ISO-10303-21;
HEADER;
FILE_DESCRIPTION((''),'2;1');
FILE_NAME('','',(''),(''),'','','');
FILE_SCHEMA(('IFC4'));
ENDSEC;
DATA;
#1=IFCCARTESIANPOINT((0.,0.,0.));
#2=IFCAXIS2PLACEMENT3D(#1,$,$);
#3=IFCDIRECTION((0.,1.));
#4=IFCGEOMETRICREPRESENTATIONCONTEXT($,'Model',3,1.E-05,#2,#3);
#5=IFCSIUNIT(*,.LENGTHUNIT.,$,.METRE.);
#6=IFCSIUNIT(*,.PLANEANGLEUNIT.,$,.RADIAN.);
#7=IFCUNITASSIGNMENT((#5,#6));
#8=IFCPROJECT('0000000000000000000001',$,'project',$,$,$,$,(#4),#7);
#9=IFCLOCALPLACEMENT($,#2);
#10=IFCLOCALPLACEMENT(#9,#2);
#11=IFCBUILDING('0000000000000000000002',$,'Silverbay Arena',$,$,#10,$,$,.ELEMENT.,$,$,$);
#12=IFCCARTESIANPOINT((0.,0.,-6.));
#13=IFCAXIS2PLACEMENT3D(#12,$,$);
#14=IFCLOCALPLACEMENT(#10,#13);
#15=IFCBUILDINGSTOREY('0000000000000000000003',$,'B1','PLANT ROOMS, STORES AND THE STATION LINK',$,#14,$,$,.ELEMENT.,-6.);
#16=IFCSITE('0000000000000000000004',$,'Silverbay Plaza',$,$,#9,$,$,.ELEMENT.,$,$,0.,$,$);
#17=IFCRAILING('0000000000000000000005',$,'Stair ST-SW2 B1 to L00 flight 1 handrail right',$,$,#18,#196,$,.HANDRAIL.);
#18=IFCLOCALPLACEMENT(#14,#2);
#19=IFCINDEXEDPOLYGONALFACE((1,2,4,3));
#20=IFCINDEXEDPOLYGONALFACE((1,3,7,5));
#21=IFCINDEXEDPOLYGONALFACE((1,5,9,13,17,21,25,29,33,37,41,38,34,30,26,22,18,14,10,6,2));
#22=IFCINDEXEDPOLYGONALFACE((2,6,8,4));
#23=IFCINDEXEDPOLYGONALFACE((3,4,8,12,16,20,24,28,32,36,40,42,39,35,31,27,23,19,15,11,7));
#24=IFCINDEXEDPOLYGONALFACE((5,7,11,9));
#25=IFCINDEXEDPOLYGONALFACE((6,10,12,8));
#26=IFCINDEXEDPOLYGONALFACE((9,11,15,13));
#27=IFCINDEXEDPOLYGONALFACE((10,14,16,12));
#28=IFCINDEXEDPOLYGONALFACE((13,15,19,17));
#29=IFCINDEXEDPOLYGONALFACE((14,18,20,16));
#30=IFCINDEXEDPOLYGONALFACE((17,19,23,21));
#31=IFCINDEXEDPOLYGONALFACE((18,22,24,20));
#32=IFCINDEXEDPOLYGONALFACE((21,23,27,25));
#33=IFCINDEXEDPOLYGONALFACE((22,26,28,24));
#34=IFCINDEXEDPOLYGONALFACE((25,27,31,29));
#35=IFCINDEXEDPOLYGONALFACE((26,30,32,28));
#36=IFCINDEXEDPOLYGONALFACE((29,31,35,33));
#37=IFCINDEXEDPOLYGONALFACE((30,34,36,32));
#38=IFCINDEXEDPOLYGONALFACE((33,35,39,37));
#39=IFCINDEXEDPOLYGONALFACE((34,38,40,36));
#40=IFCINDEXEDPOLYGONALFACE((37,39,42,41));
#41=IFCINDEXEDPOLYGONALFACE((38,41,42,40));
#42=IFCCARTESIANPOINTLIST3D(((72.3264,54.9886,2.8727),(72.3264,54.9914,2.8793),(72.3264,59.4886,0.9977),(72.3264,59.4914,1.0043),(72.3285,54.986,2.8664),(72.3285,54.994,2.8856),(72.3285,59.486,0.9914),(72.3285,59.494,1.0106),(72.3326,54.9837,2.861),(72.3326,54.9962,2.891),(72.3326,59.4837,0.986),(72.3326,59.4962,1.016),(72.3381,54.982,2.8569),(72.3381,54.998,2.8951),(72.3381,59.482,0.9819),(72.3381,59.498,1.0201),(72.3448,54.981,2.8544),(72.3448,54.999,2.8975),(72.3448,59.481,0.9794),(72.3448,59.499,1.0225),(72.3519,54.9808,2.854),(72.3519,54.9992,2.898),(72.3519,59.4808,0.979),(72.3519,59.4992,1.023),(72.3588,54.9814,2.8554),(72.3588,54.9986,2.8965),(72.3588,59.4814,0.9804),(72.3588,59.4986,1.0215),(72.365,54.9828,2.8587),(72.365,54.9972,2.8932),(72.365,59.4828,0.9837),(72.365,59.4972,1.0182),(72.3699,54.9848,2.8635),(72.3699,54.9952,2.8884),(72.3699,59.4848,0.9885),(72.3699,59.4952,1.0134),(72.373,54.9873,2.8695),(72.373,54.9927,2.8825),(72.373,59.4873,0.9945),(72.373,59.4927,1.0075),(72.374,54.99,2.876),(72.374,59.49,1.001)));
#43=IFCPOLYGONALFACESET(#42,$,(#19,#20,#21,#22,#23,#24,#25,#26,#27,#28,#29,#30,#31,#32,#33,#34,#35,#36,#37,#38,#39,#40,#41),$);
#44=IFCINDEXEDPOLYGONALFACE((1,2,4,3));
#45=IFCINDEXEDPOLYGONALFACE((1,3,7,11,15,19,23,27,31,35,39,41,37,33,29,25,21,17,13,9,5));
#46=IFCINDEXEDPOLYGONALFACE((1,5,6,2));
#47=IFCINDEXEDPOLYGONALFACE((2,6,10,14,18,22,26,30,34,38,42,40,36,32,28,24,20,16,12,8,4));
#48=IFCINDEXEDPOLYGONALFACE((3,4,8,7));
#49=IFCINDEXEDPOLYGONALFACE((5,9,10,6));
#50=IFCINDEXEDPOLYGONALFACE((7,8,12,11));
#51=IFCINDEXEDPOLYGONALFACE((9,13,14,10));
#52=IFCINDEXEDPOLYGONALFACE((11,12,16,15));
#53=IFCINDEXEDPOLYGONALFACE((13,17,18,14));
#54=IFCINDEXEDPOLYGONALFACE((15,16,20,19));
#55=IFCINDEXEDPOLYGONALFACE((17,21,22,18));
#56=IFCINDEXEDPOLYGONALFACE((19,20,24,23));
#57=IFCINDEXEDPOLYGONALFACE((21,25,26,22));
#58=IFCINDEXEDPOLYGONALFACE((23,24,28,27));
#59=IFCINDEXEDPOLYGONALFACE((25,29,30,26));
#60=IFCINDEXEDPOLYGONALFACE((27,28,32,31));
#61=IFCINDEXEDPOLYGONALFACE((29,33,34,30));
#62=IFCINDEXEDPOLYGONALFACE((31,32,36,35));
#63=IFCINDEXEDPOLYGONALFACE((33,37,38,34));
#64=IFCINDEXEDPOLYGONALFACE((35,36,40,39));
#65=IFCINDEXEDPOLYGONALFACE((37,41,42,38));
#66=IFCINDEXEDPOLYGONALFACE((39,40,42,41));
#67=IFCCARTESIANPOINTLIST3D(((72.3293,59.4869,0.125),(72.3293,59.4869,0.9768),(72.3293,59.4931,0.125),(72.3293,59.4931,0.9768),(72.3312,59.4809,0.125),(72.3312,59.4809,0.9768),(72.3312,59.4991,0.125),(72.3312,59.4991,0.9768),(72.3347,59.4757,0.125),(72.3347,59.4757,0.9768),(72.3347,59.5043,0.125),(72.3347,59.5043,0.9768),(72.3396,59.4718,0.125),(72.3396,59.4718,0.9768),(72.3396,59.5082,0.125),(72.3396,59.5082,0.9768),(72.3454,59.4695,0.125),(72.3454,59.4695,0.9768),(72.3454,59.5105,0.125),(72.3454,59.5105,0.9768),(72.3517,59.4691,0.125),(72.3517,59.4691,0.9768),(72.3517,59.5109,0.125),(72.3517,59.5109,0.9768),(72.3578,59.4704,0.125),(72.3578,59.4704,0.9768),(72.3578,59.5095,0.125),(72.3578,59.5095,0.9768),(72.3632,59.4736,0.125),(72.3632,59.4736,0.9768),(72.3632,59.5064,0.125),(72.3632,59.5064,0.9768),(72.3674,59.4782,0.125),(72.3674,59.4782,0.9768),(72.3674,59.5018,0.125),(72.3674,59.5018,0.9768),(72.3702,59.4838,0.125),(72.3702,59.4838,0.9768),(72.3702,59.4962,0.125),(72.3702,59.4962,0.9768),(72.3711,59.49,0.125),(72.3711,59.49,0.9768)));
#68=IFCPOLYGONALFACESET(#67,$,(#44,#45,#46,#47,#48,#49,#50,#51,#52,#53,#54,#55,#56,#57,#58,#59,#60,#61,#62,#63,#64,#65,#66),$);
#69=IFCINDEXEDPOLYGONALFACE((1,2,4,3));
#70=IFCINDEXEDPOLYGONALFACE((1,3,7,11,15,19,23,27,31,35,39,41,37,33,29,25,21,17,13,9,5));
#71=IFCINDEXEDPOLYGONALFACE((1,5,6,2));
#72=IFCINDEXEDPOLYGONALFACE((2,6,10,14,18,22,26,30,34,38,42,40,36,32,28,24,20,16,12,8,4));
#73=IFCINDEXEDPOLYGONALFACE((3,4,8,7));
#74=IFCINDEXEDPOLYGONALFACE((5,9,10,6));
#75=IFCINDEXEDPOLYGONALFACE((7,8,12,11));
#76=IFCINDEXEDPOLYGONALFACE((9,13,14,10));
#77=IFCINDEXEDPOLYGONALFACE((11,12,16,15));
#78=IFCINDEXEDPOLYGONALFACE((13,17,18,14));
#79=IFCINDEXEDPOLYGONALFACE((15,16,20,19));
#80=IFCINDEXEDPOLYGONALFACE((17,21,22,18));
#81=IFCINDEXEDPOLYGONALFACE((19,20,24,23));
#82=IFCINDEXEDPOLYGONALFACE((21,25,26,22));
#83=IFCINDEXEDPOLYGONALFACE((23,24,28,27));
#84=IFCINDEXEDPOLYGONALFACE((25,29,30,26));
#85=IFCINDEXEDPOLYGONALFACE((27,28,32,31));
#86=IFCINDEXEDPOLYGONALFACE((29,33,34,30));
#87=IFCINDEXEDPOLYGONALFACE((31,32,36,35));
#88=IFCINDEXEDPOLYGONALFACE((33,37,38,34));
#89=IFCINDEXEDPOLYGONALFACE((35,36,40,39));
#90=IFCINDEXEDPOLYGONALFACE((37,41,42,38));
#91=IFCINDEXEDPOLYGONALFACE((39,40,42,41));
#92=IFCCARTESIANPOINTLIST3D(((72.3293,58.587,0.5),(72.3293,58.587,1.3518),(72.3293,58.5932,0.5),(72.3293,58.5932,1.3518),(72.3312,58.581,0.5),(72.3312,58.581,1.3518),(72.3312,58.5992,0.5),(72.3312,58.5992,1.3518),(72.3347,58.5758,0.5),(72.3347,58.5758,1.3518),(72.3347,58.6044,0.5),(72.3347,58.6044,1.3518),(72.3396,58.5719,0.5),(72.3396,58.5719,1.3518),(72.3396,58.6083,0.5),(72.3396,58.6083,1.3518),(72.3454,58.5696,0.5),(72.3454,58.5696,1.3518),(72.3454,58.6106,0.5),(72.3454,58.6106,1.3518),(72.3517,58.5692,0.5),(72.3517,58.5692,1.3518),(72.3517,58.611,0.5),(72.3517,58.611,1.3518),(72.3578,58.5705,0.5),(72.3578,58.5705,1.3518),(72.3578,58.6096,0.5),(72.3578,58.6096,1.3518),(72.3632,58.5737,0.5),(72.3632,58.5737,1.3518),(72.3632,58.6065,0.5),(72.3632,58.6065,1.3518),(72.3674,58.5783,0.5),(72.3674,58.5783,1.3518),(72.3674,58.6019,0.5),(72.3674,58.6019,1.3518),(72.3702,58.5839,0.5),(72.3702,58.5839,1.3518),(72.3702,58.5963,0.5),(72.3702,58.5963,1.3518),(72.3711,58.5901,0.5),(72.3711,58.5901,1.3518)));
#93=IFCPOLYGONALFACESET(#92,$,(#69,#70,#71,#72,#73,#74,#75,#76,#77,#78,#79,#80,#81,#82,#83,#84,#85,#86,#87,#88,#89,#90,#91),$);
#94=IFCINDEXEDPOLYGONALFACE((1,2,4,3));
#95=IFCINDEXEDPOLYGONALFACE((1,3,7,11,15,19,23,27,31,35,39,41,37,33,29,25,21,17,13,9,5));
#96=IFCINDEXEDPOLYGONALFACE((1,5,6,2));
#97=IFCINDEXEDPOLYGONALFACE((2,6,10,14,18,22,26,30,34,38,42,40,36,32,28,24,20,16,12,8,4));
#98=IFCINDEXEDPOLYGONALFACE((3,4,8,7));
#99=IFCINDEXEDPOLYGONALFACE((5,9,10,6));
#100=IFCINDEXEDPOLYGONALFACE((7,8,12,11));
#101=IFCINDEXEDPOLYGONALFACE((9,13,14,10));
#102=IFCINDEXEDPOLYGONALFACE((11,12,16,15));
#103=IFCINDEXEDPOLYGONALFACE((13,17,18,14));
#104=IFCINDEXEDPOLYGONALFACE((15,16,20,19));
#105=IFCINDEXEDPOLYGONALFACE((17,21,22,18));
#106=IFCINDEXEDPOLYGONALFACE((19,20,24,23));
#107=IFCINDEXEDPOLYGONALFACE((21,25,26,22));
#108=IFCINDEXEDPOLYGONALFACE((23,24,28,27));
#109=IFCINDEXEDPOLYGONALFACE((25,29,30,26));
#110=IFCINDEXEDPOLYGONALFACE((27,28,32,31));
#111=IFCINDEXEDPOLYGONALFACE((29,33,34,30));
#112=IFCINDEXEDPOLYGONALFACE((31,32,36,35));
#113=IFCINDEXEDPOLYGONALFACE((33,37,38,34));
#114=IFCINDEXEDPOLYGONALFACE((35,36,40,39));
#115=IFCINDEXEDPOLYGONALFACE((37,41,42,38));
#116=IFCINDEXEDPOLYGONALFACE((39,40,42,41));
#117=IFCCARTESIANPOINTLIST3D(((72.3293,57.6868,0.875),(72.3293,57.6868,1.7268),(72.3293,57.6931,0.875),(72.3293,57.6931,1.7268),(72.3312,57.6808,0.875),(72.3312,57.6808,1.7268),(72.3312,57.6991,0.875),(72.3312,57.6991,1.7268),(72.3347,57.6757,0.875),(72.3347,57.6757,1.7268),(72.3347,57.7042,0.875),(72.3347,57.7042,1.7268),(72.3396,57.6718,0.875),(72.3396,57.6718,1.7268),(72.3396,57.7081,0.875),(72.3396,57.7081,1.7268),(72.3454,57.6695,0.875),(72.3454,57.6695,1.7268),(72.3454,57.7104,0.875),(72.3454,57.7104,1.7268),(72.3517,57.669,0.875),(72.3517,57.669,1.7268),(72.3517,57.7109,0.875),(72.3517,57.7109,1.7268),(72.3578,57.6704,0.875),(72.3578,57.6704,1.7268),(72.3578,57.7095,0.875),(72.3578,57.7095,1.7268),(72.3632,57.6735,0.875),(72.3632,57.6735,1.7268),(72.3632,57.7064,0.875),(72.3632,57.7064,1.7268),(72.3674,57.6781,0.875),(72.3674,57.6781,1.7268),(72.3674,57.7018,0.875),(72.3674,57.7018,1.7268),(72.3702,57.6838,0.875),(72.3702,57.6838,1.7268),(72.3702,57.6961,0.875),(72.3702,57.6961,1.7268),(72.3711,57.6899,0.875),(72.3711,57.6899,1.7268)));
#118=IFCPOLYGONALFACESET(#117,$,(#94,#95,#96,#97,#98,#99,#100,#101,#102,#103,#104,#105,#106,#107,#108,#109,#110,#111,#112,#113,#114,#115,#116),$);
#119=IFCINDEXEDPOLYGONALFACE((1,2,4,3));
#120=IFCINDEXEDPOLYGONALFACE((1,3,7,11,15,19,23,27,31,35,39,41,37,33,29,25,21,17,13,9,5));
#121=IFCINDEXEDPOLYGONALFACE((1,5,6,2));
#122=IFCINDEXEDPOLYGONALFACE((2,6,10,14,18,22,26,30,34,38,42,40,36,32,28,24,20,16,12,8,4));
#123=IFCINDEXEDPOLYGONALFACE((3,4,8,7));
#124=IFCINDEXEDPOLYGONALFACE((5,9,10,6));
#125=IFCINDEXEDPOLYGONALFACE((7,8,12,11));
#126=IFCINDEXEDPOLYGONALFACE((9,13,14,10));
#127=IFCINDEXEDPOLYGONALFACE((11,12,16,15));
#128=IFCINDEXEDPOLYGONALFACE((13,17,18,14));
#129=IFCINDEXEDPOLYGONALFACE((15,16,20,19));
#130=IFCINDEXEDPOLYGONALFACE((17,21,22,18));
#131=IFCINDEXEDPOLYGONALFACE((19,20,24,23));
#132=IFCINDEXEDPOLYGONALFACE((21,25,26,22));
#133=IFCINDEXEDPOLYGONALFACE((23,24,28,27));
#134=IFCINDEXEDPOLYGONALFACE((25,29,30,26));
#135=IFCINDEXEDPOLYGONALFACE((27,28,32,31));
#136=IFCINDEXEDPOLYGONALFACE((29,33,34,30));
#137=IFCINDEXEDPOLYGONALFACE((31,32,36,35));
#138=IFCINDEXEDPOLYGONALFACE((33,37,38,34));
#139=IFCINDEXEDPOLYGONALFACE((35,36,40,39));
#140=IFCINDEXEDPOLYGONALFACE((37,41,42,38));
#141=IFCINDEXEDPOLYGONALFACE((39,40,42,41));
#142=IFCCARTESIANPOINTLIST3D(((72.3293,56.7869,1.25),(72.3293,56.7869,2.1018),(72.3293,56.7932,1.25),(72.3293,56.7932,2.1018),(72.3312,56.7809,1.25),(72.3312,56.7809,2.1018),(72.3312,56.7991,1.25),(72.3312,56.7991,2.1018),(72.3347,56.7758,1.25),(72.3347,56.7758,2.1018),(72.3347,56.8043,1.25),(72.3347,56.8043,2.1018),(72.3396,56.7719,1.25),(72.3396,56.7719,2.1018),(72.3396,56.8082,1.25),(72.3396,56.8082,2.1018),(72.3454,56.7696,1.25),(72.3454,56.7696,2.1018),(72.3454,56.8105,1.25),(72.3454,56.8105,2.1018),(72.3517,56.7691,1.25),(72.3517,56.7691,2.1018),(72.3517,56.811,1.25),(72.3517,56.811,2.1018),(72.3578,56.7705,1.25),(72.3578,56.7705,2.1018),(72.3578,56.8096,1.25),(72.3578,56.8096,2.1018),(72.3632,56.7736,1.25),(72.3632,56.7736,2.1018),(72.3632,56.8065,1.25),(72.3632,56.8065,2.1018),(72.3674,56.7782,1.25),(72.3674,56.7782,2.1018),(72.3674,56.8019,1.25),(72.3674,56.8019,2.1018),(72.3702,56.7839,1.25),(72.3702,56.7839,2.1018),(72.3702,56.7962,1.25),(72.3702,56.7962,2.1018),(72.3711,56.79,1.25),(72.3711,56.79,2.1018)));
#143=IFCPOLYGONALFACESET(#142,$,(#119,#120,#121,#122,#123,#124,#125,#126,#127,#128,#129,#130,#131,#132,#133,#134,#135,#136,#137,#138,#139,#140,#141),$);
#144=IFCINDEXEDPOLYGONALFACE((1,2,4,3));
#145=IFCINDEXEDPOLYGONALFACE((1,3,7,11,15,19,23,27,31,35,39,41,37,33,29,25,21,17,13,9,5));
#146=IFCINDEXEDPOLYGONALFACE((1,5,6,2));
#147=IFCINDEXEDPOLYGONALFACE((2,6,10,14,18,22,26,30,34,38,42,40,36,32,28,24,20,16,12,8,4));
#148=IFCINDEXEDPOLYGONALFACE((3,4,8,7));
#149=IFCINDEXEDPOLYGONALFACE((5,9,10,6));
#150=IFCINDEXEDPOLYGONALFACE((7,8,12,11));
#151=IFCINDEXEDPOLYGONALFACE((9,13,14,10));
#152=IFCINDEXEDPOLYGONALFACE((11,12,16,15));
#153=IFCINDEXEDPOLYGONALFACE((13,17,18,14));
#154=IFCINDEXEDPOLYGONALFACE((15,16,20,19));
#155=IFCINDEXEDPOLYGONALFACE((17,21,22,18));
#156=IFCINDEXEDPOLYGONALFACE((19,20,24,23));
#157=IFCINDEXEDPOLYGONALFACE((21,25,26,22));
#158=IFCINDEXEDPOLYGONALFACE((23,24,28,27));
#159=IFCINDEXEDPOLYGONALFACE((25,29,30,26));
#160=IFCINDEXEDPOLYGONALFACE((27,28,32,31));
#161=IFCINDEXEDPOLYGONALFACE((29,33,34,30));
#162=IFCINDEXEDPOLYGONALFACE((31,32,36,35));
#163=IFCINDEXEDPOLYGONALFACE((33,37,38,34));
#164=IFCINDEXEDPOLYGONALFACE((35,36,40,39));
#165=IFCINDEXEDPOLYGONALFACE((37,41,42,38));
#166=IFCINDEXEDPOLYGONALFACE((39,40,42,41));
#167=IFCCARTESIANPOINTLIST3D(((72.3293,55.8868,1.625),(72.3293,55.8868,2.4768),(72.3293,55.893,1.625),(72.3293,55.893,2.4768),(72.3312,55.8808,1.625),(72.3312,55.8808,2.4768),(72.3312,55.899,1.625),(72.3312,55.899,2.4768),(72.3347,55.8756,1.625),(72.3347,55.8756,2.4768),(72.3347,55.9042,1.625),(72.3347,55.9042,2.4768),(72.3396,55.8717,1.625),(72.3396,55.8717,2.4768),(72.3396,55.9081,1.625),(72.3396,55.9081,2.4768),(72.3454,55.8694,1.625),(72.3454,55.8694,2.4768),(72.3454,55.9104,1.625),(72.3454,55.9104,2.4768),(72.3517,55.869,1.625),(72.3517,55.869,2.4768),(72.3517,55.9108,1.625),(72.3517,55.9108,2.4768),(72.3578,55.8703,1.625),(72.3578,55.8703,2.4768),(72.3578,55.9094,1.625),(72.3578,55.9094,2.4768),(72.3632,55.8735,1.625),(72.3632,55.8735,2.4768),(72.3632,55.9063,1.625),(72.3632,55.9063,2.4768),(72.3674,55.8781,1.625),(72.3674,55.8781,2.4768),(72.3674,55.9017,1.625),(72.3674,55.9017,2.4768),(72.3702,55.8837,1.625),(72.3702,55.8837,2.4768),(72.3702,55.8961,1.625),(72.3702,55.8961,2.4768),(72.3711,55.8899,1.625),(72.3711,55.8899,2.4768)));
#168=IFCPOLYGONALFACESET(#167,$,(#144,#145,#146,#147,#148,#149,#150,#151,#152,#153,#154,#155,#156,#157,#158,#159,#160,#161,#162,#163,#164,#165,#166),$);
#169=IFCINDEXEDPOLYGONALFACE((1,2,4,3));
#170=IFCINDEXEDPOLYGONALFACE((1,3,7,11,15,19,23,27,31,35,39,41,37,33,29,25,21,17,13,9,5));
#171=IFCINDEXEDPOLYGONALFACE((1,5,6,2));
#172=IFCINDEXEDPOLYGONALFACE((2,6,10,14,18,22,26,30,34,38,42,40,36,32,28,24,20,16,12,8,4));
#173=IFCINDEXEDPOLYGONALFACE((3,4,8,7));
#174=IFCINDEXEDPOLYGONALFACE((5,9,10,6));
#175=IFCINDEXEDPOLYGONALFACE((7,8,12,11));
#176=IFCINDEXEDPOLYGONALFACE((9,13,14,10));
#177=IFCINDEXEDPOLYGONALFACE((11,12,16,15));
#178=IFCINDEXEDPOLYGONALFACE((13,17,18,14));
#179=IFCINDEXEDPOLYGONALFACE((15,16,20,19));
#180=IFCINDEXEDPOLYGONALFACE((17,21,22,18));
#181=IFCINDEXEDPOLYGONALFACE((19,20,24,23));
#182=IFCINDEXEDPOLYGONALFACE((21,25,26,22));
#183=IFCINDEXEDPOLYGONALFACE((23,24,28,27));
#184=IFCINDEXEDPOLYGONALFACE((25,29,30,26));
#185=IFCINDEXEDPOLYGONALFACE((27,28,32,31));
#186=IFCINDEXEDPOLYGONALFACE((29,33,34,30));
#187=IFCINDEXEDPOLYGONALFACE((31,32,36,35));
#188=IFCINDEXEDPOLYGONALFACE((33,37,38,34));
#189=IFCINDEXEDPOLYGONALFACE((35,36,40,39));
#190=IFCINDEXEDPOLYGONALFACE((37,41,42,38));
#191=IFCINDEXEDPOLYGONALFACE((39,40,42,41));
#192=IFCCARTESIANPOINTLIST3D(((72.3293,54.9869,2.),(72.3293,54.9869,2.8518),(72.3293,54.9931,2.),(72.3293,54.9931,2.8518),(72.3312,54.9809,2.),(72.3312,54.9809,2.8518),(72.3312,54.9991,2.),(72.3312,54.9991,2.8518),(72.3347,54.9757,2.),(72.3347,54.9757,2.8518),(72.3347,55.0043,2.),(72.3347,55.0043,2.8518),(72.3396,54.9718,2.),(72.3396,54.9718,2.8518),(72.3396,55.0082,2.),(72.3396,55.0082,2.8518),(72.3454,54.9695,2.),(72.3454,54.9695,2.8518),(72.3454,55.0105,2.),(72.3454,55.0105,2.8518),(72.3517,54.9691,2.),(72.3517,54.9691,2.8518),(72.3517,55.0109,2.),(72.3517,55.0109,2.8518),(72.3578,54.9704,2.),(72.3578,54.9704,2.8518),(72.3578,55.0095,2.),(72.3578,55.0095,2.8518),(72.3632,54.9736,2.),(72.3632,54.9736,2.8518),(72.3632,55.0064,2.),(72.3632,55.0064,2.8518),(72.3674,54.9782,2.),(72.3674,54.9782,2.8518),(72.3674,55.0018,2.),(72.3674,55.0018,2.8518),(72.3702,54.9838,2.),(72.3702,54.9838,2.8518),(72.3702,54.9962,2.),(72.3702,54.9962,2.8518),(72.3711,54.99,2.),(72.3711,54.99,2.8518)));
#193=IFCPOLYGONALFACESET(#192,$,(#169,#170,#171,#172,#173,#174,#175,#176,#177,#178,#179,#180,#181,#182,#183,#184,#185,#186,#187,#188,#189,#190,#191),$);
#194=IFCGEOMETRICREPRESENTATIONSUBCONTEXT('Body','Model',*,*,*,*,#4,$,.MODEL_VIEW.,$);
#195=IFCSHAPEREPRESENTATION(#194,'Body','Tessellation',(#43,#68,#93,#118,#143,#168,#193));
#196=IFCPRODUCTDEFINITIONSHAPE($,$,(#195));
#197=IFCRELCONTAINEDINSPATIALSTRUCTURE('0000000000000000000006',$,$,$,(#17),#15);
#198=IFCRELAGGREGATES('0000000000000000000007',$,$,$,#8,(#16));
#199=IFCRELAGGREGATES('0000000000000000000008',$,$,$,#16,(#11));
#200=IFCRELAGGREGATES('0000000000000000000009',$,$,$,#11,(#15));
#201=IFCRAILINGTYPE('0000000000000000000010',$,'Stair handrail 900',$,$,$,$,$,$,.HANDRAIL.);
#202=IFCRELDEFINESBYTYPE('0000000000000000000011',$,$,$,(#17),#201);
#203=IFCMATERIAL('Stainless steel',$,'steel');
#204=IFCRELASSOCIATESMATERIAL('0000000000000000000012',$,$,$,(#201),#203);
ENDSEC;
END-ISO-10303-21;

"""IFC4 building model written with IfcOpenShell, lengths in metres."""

from ifc_helpers import new_model, si_unit, direction, frame, origin, origin_2d, place, context, subcontext, project, spatial, circle, extrude, material, type_object, element, save


model = new_model("IFC4")

# Units and contexts
model_context = context("Model", 3, precision=1e-05, world=origin(), true_north=direction((0.0, 1.0)))
body_context = subcontext(model_context, "Body", "Model", "MODEL_VIEW")
ifc_project = project(units=[si_unit("LENGTHUNIT", "METRE"), si_unit("PLANEANGLEUNIT", "RADIAN")], contexts=[model_context])

# Site, building, storey
site_placement = place(None, origin())
site = spatial("IfcSite", under=ifc_project, at=site_placement, Name="Silverbay Plaza", CompositionType="ELEMENT", RefElevation=0.0)
building_placement = place(site_placement, origin())
building = spatial("IfcBuilding", under=site, at=building_placement, Name="Silverbay Arena", CompositionType="ELEMENT")
storey_placement = place(building_placement, frame((0.0, 0.0, -6.0)))
storey = spatial("IfcBuildingStorey", under=building, at=storey_placement, Name="B1", Description="PLANT ROOMS, STORES AND THE STATION LINK", CompositionType="ELEMENT", Elevation=-6.0)

# Railing
ifc_material_1 = material(Name="Stainless steel", Category="steel")
railing_type_1 = type_object("IfcRailingType", Name="Stair handrail 900", PredefinedType="HANDRAIL", material=ifc_material_1)
for number, where, name in (
    (1, (72.3501, 59.49, 0.125), "Stair ST-SW2 B1 to L00 flight 1 handrail right"),
):
    element("IfcRailing", number, at=place(storey_placement, frame(where)), inside=storey, type_object=railing_type_1, Name=name, PredefinedType="HANDRAIL", context=body_context, shape_type="SweptSolid", body=[
        extrude(circle(Radius=0.0239, at=origin_2d()), frame((0.0, 0.0, 0.876), z_axis=(0.0, -0.923077, 0.384615), x_axis=(1.0, 0.0, 0.0)), (0.0, 0.0, 1.0), 4.875),
        extrude(circle(Radius=0.021, at=origin_2d()), origin(), (0.0, 0.0, 1.0), 0.8518),
        extrude(circle(Radius=0.021, at=origin_2d()), frame((0.0, -0.8999, 0.375)), (0.0, 0.0, 1.0), 0.8518),
        extrude(circle(Radius=0.021, at=origin_2d()), frame((0.0, -1.8, 0.75)), (0.0, 0.0, 1.0), 0.8518),
        extrude(circle(Radius=0.021, at=origin_2d()), frame((0.0, -2.7, 1.125)), (0.0, 0.0, 1.0), 0.8518),
        extrude(circle(Radius=0.021, at=origin_2d()), frame((0.0, -3.6001, 1.5)), (0.0, 0.0, 1.0), 0.8518),
        extrude(circle(Radius=0.021, at=origin_2d()), frame((0.0, -4.5, 1.875)), (0.0, 0.0, 1.0), 0.8518),
    ])

save(model, "model.ifc")
